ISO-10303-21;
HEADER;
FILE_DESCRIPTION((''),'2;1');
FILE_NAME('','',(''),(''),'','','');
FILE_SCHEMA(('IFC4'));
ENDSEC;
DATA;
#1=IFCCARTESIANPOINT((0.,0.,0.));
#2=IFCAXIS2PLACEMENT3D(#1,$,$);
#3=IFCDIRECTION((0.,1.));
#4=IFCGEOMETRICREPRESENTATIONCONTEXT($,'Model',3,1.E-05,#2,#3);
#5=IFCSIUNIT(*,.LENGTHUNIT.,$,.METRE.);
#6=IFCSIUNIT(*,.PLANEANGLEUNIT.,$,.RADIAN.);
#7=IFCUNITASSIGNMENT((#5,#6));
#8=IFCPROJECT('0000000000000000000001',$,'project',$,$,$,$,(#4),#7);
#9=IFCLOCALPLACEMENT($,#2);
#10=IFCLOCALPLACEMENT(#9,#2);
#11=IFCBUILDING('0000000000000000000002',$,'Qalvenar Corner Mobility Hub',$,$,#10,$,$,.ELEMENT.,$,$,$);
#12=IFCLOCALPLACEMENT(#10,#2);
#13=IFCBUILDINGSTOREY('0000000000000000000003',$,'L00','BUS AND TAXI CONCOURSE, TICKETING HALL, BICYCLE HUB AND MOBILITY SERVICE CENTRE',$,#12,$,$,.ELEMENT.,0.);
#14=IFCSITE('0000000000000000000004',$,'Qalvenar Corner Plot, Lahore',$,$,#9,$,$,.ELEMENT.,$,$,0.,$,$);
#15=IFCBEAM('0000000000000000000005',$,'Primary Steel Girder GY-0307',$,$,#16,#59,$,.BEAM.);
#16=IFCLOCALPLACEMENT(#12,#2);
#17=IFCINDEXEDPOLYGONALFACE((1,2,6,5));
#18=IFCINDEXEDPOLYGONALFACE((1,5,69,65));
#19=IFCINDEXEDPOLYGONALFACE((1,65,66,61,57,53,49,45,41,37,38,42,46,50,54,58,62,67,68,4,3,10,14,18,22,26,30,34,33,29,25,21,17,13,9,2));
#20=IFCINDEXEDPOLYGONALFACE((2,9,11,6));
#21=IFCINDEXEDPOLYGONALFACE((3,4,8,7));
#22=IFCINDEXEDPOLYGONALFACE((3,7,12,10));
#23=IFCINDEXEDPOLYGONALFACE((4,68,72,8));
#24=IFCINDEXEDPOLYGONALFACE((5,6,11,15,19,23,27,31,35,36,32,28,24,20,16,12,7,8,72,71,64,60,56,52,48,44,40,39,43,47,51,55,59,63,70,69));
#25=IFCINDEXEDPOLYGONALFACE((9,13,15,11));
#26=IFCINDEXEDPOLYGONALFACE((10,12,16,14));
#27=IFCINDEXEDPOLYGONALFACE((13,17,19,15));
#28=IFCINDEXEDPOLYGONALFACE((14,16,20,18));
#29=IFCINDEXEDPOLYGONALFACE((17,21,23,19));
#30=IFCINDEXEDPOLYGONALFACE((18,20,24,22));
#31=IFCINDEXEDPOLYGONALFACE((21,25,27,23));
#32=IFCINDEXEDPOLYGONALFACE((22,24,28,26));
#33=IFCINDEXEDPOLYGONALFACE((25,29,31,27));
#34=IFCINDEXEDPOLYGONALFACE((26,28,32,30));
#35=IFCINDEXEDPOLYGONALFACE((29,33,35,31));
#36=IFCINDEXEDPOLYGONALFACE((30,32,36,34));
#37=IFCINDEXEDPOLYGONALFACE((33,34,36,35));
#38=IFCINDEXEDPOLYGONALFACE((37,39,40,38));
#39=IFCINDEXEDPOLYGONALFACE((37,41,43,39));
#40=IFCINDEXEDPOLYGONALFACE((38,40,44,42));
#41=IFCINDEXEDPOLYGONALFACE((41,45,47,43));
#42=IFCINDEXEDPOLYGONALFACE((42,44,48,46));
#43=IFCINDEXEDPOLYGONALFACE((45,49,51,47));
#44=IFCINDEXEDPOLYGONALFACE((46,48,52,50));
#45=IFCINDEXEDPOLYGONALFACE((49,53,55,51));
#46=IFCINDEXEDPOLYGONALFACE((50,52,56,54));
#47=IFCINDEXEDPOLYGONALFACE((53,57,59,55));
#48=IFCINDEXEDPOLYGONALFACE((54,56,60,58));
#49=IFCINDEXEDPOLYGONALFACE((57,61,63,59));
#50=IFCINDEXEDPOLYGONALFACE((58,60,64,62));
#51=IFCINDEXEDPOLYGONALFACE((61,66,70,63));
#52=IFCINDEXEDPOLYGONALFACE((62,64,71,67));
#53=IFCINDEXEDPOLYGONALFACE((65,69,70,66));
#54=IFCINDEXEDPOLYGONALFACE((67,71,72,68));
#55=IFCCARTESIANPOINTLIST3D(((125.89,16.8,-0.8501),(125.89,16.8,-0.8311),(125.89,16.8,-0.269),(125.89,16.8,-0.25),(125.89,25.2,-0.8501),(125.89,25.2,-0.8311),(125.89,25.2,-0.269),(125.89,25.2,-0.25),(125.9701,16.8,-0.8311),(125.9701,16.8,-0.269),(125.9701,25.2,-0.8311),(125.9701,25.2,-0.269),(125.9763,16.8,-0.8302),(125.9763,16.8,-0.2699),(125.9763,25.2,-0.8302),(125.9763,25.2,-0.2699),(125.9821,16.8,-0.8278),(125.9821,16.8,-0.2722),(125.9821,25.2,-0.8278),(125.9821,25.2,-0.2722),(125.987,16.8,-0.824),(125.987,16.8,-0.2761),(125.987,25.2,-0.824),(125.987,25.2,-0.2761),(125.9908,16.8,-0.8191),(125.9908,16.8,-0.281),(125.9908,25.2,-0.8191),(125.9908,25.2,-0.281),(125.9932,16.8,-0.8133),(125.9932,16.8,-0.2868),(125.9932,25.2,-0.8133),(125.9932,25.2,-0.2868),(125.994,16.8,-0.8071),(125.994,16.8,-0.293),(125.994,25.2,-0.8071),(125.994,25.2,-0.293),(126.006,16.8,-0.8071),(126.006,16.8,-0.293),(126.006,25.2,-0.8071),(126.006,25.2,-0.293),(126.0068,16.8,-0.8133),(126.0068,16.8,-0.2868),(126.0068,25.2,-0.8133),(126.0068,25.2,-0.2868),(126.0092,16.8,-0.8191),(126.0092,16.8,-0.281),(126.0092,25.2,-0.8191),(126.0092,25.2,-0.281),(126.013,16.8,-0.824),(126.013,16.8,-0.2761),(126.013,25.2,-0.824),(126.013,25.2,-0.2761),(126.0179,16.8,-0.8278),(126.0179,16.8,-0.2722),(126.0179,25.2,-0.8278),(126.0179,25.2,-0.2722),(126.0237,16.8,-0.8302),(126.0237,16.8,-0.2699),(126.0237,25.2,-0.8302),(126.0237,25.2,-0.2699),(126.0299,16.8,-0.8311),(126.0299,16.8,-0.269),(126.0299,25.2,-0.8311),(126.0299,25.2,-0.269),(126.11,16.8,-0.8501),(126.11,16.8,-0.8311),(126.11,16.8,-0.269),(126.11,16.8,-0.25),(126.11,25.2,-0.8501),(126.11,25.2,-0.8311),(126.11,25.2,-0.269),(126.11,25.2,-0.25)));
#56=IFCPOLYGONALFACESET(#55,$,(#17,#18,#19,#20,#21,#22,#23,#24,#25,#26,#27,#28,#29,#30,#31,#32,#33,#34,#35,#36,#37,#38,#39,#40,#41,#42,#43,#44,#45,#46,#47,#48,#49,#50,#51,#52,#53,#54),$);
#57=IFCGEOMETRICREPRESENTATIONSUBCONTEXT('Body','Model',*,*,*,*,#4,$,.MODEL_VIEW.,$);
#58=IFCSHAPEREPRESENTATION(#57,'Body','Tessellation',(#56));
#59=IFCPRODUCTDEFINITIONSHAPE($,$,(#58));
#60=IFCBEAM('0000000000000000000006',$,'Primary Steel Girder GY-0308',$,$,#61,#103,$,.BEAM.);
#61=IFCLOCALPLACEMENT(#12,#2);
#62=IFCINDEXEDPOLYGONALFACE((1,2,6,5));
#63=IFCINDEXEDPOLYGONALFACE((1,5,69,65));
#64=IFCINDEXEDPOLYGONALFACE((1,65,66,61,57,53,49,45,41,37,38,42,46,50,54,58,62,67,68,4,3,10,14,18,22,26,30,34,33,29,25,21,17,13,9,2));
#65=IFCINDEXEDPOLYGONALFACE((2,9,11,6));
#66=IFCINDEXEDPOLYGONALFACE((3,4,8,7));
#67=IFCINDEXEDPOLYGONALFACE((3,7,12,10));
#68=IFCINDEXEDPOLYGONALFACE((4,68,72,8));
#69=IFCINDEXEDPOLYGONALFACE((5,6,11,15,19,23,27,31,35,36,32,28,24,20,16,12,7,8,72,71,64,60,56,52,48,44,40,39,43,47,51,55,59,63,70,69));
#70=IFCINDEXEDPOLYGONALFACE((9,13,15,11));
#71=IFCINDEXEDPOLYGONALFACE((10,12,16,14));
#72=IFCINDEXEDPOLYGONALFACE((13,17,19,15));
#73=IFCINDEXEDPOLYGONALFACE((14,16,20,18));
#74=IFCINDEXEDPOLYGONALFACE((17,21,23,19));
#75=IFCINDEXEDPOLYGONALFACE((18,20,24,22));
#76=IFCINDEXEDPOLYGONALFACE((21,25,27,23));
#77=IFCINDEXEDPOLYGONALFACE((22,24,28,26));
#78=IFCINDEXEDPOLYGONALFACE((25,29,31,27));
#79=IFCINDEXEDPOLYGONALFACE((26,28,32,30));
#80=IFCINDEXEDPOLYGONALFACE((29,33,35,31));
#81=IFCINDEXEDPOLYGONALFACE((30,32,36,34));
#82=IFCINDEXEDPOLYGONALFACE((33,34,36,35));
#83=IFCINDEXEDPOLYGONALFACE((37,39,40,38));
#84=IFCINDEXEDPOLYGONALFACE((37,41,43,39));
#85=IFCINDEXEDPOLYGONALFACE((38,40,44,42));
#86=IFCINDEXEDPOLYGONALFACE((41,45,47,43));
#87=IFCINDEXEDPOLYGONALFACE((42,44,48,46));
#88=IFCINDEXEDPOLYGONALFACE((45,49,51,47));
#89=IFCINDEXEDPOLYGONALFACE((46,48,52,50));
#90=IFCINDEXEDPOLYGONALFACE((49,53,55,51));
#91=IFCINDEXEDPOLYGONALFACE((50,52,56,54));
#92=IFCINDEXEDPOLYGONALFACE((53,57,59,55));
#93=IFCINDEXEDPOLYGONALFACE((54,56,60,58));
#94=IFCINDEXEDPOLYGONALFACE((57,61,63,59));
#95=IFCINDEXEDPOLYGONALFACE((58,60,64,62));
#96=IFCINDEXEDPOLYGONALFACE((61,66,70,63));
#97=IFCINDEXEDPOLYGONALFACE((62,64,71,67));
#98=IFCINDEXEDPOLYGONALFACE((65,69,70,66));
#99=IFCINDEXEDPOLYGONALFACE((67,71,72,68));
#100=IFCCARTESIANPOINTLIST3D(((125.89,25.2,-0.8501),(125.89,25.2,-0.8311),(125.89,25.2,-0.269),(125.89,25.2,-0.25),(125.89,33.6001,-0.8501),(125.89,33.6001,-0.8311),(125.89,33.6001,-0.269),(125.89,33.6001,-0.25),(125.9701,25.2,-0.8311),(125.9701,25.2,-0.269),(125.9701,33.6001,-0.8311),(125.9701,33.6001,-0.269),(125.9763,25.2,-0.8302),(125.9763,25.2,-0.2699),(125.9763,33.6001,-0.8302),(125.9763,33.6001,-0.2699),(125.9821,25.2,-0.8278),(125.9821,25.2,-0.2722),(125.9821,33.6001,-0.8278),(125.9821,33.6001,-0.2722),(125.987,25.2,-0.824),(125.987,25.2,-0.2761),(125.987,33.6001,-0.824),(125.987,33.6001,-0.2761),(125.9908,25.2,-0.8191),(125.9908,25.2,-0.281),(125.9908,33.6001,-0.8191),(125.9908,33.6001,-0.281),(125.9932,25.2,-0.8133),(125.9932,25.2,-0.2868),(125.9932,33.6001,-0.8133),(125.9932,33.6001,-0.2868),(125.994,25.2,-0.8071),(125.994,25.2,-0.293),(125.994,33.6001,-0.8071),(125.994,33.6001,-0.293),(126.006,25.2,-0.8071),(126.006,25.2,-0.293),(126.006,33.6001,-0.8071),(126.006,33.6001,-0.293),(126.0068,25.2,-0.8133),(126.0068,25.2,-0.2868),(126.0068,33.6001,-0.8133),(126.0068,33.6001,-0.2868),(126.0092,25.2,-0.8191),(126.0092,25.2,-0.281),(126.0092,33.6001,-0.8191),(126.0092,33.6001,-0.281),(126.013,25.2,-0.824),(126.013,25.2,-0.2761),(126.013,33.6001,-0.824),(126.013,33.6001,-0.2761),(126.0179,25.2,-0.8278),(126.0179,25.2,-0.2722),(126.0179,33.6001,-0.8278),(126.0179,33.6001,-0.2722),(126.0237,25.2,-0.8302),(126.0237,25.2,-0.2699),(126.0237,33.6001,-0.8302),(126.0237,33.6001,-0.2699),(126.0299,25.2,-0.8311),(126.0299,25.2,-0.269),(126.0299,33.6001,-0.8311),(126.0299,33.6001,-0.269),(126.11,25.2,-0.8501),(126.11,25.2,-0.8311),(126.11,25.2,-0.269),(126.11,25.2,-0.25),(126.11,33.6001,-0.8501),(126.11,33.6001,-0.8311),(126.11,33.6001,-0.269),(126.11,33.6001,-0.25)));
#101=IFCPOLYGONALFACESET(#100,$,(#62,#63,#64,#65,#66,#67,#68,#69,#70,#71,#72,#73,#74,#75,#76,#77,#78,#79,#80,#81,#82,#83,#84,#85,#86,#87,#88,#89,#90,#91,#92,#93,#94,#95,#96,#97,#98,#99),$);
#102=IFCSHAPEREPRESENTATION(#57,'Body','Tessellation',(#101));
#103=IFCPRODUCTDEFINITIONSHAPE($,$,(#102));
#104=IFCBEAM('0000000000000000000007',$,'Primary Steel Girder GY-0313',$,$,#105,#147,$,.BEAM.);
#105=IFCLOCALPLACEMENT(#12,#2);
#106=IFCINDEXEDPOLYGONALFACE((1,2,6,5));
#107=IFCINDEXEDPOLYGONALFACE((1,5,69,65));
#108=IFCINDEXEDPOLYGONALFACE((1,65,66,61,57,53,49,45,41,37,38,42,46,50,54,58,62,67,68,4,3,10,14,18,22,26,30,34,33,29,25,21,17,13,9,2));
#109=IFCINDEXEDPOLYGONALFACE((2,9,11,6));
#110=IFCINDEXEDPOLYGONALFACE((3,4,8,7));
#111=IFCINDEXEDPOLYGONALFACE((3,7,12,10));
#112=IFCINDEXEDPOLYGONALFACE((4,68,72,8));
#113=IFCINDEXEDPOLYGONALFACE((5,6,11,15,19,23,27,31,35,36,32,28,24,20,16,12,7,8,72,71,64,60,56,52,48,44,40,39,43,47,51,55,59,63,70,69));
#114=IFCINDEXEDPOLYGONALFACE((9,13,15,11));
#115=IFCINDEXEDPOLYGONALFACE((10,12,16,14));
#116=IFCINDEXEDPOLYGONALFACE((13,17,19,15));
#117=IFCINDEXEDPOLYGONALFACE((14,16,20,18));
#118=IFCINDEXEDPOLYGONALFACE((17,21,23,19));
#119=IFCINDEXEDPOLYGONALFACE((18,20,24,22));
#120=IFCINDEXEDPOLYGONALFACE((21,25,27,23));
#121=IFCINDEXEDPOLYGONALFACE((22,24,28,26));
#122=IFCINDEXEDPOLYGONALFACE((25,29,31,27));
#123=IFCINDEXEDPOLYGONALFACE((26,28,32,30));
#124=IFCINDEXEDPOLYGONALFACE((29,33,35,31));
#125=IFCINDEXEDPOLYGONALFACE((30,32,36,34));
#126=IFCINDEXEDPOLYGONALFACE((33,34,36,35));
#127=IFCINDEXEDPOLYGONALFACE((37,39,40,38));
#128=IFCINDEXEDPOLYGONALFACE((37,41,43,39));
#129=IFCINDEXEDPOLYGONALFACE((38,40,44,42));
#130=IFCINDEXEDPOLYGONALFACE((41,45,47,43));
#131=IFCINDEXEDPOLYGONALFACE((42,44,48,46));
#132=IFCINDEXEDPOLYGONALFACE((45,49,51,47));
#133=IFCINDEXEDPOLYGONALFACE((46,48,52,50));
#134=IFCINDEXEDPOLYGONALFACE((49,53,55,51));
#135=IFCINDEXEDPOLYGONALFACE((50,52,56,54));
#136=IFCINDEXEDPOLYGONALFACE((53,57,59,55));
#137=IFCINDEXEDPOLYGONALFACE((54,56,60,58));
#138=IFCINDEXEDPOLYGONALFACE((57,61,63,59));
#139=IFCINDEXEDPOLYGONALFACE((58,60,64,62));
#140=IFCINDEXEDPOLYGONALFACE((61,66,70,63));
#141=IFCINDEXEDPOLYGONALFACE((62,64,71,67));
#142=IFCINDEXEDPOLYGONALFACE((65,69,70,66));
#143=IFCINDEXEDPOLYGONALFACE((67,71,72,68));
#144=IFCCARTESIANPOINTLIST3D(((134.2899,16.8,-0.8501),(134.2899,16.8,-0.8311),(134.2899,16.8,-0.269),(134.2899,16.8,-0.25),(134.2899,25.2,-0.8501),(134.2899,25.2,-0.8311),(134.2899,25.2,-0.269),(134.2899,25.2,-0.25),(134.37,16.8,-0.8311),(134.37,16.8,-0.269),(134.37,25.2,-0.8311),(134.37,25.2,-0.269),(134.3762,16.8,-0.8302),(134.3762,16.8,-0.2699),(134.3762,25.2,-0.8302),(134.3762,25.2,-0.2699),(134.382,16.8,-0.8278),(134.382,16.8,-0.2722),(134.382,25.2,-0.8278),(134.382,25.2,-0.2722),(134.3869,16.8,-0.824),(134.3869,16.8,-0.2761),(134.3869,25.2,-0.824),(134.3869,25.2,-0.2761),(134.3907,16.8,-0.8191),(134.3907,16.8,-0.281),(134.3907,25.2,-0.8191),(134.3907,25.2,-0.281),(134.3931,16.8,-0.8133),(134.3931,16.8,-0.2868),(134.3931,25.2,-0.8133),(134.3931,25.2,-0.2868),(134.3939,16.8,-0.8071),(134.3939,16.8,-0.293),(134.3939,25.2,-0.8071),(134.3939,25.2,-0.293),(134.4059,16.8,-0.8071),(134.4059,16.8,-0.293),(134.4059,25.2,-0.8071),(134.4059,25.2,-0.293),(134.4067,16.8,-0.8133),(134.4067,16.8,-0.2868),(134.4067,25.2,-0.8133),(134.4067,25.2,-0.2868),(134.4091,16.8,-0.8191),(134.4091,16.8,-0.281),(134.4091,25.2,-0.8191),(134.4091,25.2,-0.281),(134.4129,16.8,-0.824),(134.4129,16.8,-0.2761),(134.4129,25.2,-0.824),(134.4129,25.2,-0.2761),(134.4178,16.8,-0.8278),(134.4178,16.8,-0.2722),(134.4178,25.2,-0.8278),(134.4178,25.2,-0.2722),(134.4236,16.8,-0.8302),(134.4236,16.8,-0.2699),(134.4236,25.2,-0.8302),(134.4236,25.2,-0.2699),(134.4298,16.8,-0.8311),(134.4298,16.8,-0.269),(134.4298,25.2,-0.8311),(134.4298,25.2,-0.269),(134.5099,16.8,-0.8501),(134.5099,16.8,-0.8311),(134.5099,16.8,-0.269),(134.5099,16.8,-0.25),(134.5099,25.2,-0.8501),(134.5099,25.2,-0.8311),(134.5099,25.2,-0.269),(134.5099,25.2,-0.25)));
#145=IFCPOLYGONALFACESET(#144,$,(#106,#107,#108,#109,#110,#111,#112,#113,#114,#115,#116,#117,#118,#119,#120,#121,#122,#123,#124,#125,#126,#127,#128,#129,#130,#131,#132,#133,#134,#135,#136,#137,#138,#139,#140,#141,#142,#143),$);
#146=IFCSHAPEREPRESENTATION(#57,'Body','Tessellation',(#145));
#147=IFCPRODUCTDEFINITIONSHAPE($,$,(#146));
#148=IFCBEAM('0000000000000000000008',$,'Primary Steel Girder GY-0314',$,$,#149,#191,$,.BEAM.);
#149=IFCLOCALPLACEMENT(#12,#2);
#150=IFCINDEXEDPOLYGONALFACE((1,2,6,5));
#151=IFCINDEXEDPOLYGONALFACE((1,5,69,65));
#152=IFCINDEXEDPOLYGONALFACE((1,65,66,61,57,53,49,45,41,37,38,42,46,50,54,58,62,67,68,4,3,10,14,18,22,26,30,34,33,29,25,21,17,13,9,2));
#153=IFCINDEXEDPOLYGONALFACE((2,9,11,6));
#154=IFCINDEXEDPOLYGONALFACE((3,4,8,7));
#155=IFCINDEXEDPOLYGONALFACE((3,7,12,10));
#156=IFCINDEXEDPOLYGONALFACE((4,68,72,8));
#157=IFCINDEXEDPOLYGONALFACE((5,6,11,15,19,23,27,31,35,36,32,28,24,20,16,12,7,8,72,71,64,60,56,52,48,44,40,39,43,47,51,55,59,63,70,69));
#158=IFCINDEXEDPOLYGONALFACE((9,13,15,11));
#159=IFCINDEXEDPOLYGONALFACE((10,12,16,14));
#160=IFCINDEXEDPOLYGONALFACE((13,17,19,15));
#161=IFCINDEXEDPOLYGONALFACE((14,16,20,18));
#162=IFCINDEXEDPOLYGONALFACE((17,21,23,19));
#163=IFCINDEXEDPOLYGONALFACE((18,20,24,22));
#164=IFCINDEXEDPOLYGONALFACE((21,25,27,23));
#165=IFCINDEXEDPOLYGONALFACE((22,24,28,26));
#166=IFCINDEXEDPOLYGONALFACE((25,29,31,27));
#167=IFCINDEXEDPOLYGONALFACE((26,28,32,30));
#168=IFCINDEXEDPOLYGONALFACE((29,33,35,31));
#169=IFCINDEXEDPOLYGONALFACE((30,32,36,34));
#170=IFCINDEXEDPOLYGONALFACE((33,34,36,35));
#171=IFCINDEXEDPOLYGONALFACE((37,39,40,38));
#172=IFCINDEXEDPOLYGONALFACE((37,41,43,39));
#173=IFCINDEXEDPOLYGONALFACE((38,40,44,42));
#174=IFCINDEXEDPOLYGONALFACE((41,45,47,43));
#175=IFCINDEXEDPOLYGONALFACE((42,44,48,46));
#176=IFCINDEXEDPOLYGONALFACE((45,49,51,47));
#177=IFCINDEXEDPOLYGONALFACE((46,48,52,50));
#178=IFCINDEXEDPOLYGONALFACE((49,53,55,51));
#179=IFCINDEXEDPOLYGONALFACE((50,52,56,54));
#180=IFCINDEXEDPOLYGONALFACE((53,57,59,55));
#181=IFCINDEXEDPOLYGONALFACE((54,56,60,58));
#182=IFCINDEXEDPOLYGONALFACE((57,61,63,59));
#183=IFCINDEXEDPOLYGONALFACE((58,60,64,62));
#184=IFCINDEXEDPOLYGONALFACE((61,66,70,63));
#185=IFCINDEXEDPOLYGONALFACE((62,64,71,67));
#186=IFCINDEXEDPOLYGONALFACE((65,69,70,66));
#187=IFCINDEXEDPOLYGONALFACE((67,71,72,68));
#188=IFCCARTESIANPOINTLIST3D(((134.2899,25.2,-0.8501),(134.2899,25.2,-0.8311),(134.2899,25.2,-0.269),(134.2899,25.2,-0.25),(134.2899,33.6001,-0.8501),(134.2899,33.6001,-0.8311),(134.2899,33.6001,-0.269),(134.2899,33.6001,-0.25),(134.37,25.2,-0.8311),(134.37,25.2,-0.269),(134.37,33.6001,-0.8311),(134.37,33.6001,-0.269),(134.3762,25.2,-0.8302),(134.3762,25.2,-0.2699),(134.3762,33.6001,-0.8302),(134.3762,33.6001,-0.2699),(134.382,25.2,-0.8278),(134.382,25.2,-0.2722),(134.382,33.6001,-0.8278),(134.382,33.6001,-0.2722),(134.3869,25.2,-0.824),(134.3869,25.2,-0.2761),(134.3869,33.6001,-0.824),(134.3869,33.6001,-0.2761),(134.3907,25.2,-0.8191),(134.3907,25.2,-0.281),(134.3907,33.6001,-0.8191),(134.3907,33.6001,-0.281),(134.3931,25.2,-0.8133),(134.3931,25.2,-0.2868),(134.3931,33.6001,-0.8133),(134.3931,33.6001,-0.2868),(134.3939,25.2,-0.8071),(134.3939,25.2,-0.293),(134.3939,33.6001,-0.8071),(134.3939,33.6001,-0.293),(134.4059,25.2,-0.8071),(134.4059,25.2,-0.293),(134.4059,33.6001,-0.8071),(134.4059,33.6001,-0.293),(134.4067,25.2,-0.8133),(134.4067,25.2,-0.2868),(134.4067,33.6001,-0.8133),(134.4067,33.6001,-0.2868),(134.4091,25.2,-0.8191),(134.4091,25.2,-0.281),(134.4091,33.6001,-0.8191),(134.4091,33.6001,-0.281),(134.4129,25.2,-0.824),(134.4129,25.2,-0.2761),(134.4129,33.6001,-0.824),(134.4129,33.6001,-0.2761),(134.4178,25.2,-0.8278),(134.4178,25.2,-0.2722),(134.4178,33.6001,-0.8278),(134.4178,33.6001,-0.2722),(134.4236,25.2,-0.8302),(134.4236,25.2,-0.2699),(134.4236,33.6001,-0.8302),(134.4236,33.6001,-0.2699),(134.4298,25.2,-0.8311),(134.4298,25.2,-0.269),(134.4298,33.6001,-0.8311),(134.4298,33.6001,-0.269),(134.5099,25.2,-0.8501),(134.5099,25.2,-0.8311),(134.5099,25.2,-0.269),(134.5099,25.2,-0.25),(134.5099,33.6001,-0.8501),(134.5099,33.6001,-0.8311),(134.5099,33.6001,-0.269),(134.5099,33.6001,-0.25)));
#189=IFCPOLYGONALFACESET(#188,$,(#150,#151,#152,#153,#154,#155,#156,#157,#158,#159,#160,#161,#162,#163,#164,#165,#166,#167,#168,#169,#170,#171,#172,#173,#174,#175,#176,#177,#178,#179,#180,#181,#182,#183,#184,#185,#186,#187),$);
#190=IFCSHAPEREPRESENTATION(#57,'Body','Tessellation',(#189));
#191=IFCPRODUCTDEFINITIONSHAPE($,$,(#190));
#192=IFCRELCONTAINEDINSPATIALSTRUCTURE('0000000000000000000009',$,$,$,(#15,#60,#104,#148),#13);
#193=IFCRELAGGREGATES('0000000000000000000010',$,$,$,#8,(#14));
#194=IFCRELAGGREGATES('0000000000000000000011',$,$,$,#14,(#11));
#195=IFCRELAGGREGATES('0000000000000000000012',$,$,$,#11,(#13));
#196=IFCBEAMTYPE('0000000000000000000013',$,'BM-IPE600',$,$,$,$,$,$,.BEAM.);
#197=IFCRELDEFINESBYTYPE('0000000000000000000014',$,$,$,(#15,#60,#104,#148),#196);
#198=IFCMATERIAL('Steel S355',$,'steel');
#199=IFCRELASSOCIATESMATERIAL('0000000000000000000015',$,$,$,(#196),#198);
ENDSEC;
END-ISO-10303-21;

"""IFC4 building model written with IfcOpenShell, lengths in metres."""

from ifc_helpers import new_model, si_unit, direction, frame, origin, origin_2d, place, context, subcontext, project, spatial, i_section, extrude, material, material_profile, profile_set, type_object, element, save


model = new_model("IFC4")

# Units and contexts
model_context = context("Model", 3, precision=1e-05, world=origin(), true_north=direction((0.0, 1.0)))
body_context = subcontext(model_context, "Body", "Model", "MODEL_VIEW")
ifc_project = project(units=[si_unit("LENGTHUNIT", "METRE"), si_unit("PLANEANGLEUNIT", "RADIAN")], contexts=[model_context])

# Site, building, storey
site_placement = place(None, origin())
site = spatial("IfcSite", under=ifc_project, at=site_placement, Name="Qalvenar Corner Plot, Lahore", CompositionType="ELEMENT", RefElevation=0.0)
building_placement = place(site_placement, origin())
building = spatial("IfcBuilding", under=site, at=building_placement, Name="Qalvenar Corner Mobility Hub", CompositionType="ELEMENT")
storey_placement = place(building_placement, origin())
storey = spatial("IfcBuildingStorey", under=building, at=storey_placement, Name="L00", Description="BUS AND TAXI CONCOURSE, TICKETING HALL, BICYCLE HUB AND MOBILITY SERVICE CENTRE", CompositionType="ELEMENT", Elevation=0.0)

# Beams
ifc_material_1 = material(Name="Steel S355", Category="steel")
ifc_material_profile_1 = material_profile(ifc_material_1, i_section(OverallWidth=0.22, OverallDepth=0.6001, WebThickness=0.012, FlangeThickness=0.019, FilletRadius=0.0239, at=origin_2d()), Name="IPE600")
ifc_profile_set_1 = profile_set([ifc_material_profile_1], Name="Steel S355")
beam_type_1 = type_object("IfcBeamType", Name="BM-IPE600", PredefinedType="BEAM", material=ifc_profile_set_1)
beam_1_placement = place(storey_placement, frame((126.0, 16.8, -0.55), z_axis=(0.0, 1.0, 0.0), x_axis=(-1.0, 0.0, 0.0)))
element("IfcBeam", 1, at=beam_1_placement, inside=storey, type_object=beam_type_1, Name="Primary Steel Girder GY-0307", PredefinedType="BEAM", context=body_context, shape_type="SweptSolid", body=[
    extrude(i_section(OverallWidth=0.22, OverallDepth=0.6001, WebThickness=0.012, FlangeThickness=0.019, FilletRadius=0.0239, at=origin_2d()), origin(), (0.0, 0.0, 1.0), 8.3999),
])
beam_2_placement = place(storey_placement, frame((126.0, 25.2, -0.55), z_axis=(0.0, 1.0, 0.0), x_axis=(-1.0, 0.0, 0.0)))
element("IfcBeam", 2, at=beam_2_placement, inside=storey, type_object=beam_type_1, Name="Primary Steel Girder GY-0308", PredefinedType="BEAM", context=body_context, shape_type="SweptSolid", body=[
    extrude(i_section(OverallWidth=0.22, OverallDepth=0.6001, WebThickness=0.012, FlangeThickness=0.019, FilletRadius=0.0239, at=origin_2d()), origin(), (0.0, 0.0, 1.0), 8.4001),
])
beam_3_placement = place(storey_placement, frame((134.3999, 16.8, -0.55), z_axis=(0.0, 1.0, 0.0), x_axis=(-1.0, 0.0, 0.0)))
element("IfcBeam", 3, at=beam_3_placement, inside=storey, type_object=beam_type_1, Name="Primary Steel Girder GY-0313", PredefinedType="BEAM", context=body_context, shape_type="SweptSolid", body=[
    extrude(i_section(OverallWidth=0.22, OverallDepth=0.6001, WebThickness=0.012, FlangeThickness=0.019, FilletRadius=0.0239, at=origin_2d()), origin(), (0.0, 0.0, 1.0), 8.3999),
])
beam_4_placement = place(storey_placement, frame((134.3999, 25.2, -0.55), z_axis=(0.0, 1.0, 0.0), x_axis=(-1.0, 0.0, 0.0)))
element("IfcBeam", 4, at=beam_4_placement, inside=storey, type_object=beam_type_1, Name="Primary Steel Girder GY-0314", PredefinedType="BEAM", context=body_context, shape_type="SweptSolid", body=[
    extrude(i_section(OverallWidth=0.22, OverallDepth=0.6001, WebThickness=0.012, FlangeThickness=0.019, FilletRadius=0.0239, at=origin_2d()), origin(), (0.0, 0.0, 1.0), 8.4001),
])

save(model, "model.ifc")
